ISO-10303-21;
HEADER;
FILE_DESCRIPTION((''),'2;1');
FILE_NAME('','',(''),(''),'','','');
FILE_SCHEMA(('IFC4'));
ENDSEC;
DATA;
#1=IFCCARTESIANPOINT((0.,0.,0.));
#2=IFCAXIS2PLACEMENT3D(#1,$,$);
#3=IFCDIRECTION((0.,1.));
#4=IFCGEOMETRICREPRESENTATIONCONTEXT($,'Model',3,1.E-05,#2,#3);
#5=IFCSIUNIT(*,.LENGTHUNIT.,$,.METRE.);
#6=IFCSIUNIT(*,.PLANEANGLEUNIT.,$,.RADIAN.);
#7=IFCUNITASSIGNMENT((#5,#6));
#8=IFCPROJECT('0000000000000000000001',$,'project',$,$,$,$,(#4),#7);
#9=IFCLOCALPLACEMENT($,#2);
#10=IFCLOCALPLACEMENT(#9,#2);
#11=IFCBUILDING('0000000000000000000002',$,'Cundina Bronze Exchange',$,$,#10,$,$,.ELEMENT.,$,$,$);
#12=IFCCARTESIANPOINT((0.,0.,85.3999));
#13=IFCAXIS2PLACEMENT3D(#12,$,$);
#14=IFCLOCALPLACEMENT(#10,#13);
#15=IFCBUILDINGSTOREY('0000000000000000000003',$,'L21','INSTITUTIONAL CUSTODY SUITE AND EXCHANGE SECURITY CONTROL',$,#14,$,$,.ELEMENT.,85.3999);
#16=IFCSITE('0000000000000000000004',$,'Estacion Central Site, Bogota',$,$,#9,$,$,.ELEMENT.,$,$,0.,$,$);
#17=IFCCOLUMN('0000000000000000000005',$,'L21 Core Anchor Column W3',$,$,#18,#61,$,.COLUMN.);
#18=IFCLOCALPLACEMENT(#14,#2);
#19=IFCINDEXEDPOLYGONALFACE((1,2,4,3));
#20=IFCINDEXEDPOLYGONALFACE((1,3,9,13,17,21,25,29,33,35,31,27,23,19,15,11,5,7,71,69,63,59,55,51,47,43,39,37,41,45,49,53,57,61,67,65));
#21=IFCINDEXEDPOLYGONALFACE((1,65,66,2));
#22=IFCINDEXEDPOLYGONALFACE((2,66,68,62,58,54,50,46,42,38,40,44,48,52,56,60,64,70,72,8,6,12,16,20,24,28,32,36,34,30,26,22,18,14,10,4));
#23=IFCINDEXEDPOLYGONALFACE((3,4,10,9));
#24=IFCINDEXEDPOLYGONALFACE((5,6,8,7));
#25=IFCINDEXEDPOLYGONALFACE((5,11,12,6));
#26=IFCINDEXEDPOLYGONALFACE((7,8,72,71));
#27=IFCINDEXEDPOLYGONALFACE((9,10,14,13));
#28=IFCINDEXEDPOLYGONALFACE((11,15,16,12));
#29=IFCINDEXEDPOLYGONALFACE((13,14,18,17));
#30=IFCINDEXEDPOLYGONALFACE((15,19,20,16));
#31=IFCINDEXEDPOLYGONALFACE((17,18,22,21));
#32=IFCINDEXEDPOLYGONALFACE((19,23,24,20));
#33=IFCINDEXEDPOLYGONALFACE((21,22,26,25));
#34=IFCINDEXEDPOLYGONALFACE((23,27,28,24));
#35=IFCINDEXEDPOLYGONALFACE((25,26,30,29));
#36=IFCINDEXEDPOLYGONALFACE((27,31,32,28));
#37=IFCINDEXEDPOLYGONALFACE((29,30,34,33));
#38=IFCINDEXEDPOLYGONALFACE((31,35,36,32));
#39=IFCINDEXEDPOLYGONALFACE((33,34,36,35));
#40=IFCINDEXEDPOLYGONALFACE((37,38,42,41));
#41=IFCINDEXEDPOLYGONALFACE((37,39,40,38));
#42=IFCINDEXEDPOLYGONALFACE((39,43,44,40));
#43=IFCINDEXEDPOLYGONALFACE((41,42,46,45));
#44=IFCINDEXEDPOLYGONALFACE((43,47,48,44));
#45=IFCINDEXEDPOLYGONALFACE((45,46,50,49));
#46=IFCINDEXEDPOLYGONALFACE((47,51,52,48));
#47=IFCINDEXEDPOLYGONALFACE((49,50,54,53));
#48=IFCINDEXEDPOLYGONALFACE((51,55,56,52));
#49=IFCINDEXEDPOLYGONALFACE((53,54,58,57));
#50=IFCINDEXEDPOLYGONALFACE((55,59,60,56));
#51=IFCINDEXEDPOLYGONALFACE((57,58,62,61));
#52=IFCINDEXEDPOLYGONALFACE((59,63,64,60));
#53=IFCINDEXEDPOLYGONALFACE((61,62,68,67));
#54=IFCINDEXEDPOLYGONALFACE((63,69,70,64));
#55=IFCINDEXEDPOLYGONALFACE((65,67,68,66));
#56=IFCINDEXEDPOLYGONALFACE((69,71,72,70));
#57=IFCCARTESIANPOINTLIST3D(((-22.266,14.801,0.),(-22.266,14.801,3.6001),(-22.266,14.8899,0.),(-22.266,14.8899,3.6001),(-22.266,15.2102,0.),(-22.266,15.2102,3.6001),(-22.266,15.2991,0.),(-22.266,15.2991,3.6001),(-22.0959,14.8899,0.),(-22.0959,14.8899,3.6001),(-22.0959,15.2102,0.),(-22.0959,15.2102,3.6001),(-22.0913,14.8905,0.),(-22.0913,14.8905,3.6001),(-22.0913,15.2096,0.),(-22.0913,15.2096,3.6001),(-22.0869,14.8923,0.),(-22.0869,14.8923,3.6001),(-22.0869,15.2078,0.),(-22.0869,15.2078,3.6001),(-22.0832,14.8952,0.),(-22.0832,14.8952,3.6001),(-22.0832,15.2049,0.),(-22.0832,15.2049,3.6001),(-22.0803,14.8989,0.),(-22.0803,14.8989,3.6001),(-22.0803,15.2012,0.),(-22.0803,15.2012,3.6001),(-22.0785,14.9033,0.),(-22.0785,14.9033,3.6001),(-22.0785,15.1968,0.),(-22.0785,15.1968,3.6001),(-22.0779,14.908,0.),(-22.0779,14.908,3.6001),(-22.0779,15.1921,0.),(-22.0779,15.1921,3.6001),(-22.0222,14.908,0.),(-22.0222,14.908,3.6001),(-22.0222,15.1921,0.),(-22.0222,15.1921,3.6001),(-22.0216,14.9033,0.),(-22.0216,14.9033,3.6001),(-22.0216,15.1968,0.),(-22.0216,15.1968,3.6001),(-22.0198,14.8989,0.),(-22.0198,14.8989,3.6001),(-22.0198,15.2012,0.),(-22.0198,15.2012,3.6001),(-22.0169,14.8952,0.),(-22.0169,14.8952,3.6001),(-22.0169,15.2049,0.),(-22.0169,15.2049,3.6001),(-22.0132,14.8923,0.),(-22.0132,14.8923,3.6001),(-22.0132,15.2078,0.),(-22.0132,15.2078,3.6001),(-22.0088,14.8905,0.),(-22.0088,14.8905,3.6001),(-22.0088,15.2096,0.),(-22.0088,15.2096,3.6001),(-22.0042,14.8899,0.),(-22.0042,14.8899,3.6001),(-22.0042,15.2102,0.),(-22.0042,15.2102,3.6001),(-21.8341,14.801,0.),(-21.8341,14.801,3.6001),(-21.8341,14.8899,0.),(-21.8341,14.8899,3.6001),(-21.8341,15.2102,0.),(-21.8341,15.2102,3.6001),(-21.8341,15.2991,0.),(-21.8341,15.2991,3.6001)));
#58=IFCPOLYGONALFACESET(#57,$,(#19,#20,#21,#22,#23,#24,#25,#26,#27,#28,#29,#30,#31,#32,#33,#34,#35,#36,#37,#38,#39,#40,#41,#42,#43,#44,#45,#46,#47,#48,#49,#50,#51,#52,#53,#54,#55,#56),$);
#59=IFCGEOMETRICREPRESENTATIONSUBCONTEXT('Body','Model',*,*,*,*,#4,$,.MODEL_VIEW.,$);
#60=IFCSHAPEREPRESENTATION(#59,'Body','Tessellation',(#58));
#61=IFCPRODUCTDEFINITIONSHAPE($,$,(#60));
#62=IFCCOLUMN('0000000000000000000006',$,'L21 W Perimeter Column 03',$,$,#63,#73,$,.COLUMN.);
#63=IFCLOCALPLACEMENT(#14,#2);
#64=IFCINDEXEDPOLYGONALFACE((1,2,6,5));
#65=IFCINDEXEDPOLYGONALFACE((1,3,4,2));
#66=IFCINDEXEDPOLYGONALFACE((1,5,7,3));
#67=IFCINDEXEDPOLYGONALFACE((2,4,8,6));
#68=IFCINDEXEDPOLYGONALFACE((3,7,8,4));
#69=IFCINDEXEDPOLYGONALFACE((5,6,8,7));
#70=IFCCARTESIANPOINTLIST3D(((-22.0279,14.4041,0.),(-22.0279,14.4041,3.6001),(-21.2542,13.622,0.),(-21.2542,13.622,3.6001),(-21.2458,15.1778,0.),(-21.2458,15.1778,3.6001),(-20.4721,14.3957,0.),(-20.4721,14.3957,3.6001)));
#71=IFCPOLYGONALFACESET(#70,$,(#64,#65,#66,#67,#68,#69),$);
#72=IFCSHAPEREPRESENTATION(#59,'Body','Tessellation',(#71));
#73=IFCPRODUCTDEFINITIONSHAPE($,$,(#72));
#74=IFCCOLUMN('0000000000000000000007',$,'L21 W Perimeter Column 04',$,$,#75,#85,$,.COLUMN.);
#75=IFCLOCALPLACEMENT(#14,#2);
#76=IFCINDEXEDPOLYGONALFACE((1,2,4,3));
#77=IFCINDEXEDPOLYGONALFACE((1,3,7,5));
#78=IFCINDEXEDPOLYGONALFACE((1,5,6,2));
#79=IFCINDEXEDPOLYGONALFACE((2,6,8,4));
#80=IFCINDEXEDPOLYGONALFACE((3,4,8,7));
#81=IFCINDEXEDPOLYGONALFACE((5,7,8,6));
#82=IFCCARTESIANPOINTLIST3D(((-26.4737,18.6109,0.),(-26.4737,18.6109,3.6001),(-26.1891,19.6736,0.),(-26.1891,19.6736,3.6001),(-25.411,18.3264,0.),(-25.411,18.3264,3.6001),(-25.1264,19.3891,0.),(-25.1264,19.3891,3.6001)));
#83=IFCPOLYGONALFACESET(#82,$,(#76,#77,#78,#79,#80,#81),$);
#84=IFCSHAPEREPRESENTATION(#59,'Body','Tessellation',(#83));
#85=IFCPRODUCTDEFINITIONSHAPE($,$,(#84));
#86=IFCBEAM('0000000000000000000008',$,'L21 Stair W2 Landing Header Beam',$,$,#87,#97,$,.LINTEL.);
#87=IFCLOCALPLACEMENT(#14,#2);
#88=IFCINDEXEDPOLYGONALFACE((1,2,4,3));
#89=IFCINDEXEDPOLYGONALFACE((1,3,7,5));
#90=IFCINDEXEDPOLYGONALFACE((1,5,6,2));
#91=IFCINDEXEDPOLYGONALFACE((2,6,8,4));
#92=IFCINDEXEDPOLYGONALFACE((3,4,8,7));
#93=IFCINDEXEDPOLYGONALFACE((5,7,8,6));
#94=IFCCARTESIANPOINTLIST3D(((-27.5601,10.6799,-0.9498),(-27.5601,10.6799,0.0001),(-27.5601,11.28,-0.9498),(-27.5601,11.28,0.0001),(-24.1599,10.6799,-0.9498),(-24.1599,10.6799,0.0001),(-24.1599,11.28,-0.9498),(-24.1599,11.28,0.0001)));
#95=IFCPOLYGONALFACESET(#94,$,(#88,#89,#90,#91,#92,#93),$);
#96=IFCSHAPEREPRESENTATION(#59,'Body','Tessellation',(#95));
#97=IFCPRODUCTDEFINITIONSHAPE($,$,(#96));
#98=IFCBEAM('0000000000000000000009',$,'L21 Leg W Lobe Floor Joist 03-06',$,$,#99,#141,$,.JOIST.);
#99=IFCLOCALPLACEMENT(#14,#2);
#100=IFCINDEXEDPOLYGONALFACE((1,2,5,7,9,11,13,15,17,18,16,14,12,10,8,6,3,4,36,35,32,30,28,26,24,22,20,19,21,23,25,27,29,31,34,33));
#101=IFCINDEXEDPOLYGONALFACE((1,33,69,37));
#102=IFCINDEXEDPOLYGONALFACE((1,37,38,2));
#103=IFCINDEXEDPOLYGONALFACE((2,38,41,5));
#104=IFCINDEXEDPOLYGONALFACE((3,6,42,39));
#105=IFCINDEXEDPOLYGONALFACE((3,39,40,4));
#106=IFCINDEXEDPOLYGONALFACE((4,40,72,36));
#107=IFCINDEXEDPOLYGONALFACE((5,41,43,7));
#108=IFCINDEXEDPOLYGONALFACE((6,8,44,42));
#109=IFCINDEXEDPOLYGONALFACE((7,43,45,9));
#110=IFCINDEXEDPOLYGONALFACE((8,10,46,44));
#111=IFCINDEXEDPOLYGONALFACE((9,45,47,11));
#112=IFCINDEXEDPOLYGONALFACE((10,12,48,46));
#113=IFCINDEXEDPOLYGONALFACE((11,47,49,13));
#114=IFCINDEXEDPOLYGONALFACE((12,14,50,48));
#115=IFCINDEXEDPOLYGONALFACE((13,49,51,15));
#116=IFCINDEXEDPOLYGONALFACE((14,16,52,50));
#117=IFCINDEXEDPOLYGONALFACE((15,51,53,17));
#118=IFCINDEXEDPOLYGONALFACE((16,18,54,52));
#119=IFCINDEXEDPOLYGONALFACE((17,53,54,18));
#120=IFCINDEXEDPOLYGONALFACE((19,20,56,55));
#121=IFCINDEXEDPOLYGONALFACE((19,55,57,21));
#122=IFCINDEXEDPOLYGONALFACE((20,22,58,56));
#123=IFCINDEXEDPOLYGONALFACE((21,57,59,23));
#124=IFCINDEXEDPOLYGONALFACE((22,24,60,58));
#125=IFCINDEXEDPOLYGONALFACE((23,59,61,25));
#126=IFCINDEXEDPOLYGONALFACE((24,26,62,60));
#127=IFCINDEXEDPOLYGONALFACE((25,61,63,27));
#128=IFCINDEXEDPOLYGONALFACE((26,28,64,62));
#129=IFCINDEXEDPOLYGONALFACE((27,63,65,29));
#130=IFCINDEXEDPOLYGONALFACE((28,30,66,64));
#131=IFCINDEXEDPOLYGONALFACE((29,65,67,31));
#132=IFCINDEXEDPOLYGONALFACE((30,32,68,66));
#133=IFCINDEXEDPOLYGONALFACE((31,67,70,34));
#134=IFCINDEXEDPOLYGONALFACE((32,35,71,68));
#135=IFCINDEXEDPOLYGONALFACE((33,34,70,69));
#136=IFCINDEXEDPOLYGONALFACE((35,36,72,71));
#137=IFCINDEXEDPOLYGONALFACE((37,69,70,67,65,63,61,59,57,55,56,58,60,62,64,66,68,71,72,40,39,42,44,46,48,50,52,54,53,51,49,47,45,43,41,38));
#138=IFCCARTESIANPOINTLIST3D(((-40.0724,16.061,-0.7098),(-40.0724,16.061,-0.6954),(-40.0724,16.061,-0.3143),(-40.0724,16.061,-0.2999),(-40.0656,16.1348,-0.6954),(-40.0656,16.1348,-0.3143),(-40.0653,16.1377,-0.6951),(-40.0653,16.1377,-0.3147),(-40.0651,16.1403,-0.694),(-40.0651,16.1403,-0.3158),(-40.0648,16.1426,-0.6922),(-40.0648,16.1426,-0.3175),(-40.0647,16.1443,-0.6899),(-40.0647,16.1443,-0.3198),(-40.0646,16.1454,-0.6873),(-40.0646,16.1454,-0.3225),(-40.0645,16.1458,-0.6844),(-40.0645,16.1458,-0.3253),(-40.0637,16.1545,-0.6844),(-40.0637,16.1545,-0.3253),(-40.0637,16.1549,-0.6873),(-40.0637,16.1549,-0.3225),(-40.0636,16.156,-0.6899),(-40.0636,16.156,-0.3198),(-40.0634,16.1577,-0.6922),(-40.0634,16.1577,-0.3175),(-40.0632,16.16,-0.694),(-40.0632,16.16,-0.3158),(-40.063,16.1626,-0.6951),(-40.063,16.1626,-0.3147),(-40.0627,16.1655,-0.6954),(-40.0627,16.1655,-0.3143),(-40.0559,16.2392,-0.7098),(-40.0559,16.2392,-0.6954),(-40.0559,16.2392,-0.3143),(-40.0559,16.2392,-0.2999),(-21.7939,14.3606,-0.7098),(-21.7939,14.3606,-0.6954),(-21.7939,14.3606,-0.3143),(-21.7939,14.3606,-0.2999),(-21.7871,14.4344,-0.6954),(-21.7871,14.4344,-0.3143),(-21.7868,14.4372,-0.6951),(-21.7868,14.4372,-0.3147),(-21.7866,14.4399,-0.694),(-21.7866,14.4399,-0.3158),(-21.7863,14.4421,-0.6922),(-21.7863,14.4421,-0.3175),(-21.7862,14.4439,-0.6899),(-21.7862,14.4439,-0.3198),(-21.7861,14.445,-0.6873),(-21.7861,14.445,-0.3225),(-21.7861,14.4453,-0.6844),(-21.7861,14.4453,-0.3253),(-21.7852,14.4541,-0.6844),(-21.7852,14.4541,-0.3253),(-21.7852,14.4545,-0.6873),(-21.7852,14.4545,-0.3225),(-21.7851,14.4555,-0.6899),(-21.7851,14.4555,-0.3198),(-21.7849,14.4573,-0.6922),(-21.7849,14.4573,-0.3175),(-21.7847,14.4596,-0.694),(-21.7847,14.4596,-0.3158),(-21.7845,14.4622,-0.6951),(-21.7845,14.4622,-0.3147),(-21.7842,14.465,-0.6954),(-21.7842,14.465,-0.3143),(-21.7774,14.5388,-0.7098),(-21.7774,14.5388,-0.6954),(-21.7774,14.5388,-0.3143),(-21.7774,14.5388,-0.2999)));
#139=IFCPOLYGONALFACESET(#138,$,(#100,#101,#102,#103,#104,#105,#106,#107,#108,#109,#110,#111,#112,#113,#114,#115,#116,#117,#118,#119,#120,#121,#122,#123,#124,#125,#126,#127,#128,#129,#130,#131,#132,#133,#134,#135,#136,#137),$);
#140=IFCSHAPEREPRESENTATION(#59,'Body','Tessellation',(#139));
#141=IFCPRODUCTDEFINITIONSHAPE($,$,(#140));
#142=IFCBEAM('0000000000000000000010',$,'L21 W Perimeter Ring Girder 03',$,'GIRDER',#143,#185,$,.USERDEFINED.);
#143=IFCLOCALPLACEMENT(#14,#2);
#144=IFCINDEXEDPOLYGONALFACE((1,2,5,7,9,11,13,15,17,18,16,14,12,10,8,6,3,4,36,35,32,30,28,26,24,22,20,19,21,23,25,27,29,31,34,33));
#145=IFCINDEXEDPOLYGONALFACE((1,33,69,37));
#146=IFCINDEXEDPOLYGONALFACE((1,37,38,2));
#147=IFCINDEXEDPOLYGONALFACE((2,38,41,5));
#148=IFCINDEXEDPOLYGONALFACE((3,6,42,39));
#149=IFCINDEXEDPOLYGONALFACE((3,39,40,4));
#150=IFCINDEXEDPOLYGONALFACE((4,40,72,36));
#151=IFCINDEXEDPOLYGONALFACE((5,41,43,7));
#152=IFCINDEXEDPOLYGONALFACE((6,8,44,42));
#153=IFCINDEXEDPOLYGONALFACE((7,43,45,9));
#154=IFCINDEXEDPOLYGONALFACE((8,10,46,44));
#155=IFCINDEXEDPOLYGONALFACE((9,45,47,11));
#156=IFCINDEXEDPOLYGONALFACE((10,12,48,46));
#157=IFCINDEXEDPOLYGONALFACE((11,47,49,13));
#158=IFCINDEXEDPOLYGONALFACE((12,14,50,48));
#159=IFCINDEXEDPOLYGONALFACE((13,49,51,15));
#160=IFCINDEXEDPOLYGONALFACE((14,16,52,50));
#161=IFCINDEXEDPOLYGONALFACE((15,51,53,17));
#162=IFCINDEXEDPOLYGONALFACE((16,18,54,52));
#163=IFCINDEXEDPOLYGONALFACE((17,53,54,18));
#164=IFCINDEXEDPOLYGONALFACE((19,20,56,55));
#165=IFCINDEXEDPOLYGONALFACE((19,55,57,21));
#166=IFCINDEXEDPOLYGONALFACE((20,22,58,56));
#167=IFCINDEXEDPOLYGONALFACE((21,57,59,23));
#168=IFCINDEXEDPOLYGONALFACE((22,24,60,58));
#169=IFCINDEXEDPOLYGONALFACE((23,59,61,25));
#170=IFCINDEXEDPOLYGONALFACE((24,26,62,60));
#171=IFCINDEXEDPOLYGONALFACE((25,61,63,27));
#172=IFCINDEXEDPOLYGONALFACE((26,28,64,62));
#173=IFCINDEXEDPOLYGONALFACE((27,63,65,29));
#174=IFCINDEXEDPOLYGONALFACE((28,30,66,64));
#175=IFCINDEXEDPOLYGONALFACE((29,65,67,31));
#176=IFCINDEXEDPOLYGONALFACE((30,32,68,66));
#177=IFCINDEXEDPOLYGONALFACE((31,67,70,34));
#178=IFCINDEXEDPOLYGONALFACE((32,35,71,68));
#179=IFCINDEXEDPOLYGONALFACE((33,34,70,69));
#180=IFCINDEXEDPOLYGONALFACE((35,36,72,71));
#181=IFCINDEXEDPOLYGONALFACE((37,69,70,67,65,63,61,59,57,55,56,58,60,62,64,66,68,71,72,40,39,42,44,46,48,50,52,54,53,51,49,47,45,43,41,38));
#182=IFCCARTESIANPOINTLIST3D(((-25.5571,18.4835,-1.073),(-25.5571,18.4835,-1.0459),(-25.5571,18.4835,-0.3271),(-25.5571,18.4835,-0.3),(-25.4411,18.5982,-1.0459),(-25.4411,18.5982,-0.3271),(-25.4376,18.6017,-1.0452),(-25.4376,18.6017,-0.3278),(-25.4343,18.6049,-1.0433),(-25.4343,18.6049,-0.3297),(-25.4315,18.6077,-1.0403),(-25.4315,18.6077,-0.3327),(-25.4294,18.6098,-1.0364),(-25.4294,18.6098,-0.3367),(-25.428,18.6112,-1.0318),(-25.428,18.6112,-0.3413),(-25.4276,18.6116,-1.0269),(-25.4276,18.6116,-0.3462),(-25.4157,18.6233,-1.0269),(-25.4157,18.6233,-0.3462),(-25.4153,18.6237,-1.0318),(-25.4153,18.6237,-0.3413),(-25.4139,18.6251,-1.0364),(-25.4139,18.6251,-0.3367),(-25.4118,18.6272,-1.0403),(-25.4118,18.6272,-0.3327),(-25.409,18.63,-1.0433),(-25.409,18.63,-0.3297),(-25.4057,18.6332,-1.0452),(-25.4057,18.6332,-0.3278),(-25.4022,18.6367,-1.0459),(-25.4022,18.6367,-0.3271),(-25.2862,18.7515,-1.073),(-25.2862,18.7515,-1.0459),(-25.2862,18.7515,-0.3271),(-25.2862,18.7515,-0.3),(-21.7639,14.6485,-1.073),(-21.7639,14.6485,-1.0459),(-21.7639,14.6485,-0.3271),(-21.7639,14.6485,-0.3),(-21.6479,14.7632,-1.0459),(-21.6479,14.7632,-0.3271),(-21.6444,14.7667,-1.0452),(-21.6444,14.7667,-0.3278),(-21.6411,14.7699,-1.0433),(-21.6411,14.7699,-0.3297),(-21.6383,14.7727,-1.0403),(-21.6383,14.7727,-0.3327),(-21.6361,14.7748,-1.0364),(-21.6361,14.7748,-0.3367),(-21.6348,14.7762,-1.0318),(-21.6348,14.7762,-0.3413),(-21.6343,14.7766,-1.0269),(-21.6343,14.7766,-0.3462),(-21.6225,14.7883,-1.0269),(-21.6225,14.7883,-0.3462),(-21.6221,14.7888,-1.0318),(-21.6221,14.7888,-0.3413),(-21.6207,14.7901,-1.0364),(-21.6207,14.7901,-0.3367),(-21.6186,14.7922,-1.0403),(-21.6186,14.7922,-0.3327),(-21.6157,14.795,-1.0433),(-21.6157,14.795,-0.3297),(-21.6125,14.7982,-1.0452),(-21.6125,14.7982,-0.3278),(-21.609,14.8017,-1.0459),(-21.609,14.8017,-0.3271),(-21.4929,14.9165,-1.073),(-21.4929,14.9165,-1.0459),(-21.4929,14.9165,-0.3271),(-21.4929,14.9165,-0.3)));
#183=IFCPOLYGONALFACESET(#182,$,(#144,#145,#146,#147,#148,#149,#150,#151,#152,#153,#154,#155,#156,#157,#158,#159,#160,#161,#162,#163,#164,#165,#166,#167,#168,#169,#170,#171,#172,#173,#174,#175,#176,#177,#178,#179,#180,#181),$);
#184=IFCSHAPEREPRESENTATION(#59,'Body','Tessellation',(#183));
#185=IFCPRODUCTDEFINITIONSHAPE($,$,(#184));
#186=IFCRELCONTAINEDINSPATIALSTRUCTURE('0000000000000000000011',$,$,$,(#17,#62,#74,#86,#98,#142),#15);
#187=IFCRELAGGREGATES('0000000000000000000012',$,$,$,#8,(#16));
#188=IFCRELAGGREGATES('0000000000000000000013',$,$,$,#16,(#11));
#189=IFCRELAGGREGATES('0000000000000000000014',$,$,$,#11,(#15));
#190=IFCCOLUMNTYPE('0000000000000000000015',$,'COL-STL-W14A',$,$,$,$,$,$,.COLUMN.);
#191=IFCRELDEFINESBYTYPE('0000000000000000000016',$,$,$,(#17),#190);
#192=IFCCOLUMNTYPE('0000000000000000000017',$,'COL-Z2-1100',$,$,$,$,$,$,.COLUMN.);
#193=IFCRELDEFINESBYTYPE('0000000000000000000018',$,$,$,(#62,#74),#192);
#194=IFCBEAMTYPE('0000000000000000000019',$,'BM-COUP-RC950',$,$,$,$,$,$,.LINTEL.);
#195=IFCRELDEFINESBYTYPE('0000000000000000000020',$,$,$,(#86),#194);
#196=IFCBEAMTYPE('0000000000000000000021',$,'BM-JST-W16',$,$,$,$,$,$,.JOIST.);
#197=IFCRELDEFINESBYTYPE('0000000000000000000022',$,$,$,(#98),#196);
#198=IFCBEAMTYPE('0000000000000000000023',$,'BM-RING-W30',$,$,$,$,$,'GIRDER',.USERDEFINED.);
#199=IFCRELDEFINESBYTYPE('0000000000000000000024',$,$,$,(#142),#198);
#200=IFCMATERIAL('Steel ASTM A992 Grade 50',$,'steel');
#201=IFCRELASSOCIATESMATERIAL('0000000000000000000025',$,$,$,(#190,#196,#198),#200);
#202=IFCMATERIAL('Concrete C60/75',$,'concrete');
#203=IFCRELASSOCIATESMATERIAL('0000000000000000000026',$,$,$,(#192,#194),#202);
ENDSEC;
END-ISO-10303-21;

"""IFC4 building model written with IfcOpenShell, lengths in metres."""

from ifc_helpers import new_model, si_unit, direction, frame, origin, origin_2d, place, context, subcontext, project, spatial, rectangle, i_section, extrude, material, material_profile, profile_set, type_object, element, save


model = new_model("IFC4")

# Units and contexts
model_context = context("Model", 3, precision=1e-05, world=origin(), true_north=direction((0.0, 1.0)))
body_context = subcontext(model_context, "Body", "Model", "MODEL_VIEW")
ifc_project = project(units=[si_unit("LENGTHUNIT", "METRE"), si_unit("PLANEANGLEUNIT", "RADIAN")], contexts=[model_context])

# Site, building, storey
site_placement = place(None, origin())
site = spatial("IfcSite", under=ifc_project, at=site_placement, Name="Estacion Central Site, Bogota", CompositionType="ELEMENT", RefElevation=0.0)
building_placement = place(site_placement, origin())
building = spatial("IfcBuilding", under=site, at=building_placement, Name="Cundina Bronze Exchange", CompositionType="ELEMENT")
storey_placement = place(building_placement, frame((0.0, 0.0, 85.3999)))
storey = spatial("IfcBuildingStorey", under=building, at=storey_placement, Name="L21", Description="INSTITUTIONAL CUSTODY SUITE AND EXCHANGE SECURITY CONTROL", CompositionType="ELEMENT", Elevation=85.3999)

# Columns
ifc_material_1 = material(Name="Steel ASTM A992 Grade 50", Category="steel")
ifc_material_profile_1 = material_profile(ifc_material_1, i_section(OverallWidth=0.4319, OverallDepth=0.498, WebThickness=0.0557, FlangeThickness=0.0889, FilletRadius=0.0181, at=origin_2d()), Name="W14X500", Category="steel")
ifc_profile_set_1 = profile_set([ifc_material_profile_1], Name="Steel ASTM A992 Grade 50")
column_type_1 = type_object("IfcColumnType", Name="COL-STL-W14A", PredefinedType="COLUMN", material=ifc_profile_set_1)
column_placement = place(storey_placement, frame((-22.05, 15.05, 0.0), z_axis=(0.0, 0.0, 1.0), x_axis=(1.0, 0.0, 0.0)))
element("IfcColumn", 1, at=column_placement, inside=storey, type_object=column_type_1, Name="L21 Core Anchor Column W3", PredefinedType="COLUMN", context=body_context, shape_type="SweptSolid", body=[
    extrude(i_section(OverallWidth=0.4319, OverallDepth=0.498, WebThickness=0.0557, FlangeThickness=0.0889, FilletRadius=0.0181, at=origin_2d()), origin(), (0.0, 0.0, 1.0), 3.6001),
])
ifc_material_2 = material(Name="Concrete C60/75", Category="concrete")
ifc_material_profile_2 = material_profile(ifc_material_2, rectangle(XDim=1.1001, YDim=1.1001, at=origin_2d()), Name="RC1100X1100", Category="concrete")
ifc_profile_set_2 = profile_set([ifc_material_profile_2], Name="Concrete C60/75")
column_type_2 = type_object("IfcColumnType", Name="COL-Z2-1100", PredefinedType="COLUMN", material=ifc_profile_set_2)
for number, where, z_axis, x_axis, name in (
    (2, (-21.25, 14.3999, 0.0), (0.0, 0.0, 1.0), (-0.703271, 0.710922, 0.0), "L21 W Perimeter Column 03"),
    (3, (-25.8, 19.0, 0.0), (0.0, 0.0, 1.0), (-0.965971, 0.25865, 0.0), "L21 W Perimeter Column 04"),
):
    element("IfcColumn", number, at=place(storey_placement, frame(where, z_axis=z_axis, x_axis=x_axis)), inside=storey, type_object=column_type_2, Name=name, PredefinedType="COLUMN", context=body_context, shape_type="SweptSolid", body=[
        extrude(rectangle(XDim=1.1001, YDim=1.1001, at=origin_2d()), origin(), (0.0, 0.0, 1.0), 3.6001),
    ])

# Beams
ifc_material_profile_3 = material_profile(ifc_material_2, rectangle(XDim=0.6001, YDim=0.95, at=origin_2d()), Name="RC600X950", Category="concrete")
ifc_profile_set_3 = profile_set([ifc_material_profile_3], Name="Concrete C60/75")
beam_type_1 = type_object("IfcBeamType", Name="BM-COUP-RC950", PredefinedType="LINTEL", material=ifc_profile_set_3)
beam_1_placement = place(storey_placement, frame((-27.5601, 10.98, -0.4749), z_axis=(1.0, 0.0, 0.0), x_axis=(0.0, 1.0, 0.0)))
element("IfcBeam", 4, at=beam_1_placement, inside=storey, type_object=beam_type_1, Name="L21 Stair W2 Landing Header Beam", PredefinedType="LINTEL", context=body_context, shape_type="SweptSolid", body=[
    extrude(rectangle(XDim=0.6001, YDim=0.95, at=origin_2d()), origin(), (0.0, 0.0, 1.0), 3.4001),
])
ifc_material_profile_4 = material_profile(ifc_material_1, i_section(OverallWidth=0.179, OverallDepth=0.4099, WebThickness=0.0088, FlangeThickness=0.0144, FilletRadius=0.011, at=origin_2d()), Name="W16X45", Category="steel")
ifc_profile_set_4 = profile_set([ifc_material_profile_4], Name="Steel ASTM A992 Grade 50")
beam_type_2 = type_object("IfcBeamType", Name="BM-JST-W16", PredefinedType="JOIST", material=ifc_profile_set_4)
beam_2_placement = place(storey_placement, frame((-21.7856, 14.4497, -0.5049), z_axis=(-0.995701, 0.092629, 0.0), x_axis=(-0.092629, -0.995701, 0.0)))
element("IfcBeam", 5, at=beam_2_placement, inside=storey, type_object=beam_type_2, Name="L21 Leg W Lobe Floor Joist 03-06", PredefinedType="JOIST", context=body_context, shape_type="SweptSolid", body=[
    extrude(i_section(OverallWidth=0.179, OverallDepth=0.4099, WebThickness=0.0088, FlangeThickness=0.0144, FilletRadius=0.011, at=origin_2d()), origin(), (0.0, 0.0, 1.0), 18.3574),
])
ifc_material_profile_5 = material_profile(ifc_material_1, i_section(OverallWidth=0.3811, OverallDepth=0.7729, WebThickness=0.0166, FlangeThickness=0.0271, FilletRadius=0.019, at=origin_2d()), Name="W30X173", Category="steel")
ifc_profile_set_5 = profile_set([ifc_material_profile_5], Name="Steel ASTM A992 Grade 50")
beam_type_3 = type_object("IfcBeamType", Name="BM-RING-W30", ElementType="GIRDER", PredefinedType="USERDEFINED", material=ifc_profile_set_5)
beam_3_placement = place(storey_placement, frame((-21.6284, 14.7825, -0.6865), z_axis=(-0.703226, 0.710966, 0.0), x_axis=(-0.710966, -0.703226, 0.0)))
element("IfcBeam", 6, at=beam_3_placement, inside=storey, type_object=beam_type_3, Name="L21 W Perimeter Ring Girder 03", ObjectType="GIRDER", PredefinedType="USERDEFINED", context=body_context, shape_type="SweptSolid", body=[
    extrude(i_section(OverallWidth=0.3811, OverallDepth=0.7729, WebThickness=0.0166, FlangeThickness=0.0271, FilletRadius=0.019, at=origin_2d()), origin(), (0.0, 0.0, 1.0), 5.394),
])

save(model, "model.ifc")
